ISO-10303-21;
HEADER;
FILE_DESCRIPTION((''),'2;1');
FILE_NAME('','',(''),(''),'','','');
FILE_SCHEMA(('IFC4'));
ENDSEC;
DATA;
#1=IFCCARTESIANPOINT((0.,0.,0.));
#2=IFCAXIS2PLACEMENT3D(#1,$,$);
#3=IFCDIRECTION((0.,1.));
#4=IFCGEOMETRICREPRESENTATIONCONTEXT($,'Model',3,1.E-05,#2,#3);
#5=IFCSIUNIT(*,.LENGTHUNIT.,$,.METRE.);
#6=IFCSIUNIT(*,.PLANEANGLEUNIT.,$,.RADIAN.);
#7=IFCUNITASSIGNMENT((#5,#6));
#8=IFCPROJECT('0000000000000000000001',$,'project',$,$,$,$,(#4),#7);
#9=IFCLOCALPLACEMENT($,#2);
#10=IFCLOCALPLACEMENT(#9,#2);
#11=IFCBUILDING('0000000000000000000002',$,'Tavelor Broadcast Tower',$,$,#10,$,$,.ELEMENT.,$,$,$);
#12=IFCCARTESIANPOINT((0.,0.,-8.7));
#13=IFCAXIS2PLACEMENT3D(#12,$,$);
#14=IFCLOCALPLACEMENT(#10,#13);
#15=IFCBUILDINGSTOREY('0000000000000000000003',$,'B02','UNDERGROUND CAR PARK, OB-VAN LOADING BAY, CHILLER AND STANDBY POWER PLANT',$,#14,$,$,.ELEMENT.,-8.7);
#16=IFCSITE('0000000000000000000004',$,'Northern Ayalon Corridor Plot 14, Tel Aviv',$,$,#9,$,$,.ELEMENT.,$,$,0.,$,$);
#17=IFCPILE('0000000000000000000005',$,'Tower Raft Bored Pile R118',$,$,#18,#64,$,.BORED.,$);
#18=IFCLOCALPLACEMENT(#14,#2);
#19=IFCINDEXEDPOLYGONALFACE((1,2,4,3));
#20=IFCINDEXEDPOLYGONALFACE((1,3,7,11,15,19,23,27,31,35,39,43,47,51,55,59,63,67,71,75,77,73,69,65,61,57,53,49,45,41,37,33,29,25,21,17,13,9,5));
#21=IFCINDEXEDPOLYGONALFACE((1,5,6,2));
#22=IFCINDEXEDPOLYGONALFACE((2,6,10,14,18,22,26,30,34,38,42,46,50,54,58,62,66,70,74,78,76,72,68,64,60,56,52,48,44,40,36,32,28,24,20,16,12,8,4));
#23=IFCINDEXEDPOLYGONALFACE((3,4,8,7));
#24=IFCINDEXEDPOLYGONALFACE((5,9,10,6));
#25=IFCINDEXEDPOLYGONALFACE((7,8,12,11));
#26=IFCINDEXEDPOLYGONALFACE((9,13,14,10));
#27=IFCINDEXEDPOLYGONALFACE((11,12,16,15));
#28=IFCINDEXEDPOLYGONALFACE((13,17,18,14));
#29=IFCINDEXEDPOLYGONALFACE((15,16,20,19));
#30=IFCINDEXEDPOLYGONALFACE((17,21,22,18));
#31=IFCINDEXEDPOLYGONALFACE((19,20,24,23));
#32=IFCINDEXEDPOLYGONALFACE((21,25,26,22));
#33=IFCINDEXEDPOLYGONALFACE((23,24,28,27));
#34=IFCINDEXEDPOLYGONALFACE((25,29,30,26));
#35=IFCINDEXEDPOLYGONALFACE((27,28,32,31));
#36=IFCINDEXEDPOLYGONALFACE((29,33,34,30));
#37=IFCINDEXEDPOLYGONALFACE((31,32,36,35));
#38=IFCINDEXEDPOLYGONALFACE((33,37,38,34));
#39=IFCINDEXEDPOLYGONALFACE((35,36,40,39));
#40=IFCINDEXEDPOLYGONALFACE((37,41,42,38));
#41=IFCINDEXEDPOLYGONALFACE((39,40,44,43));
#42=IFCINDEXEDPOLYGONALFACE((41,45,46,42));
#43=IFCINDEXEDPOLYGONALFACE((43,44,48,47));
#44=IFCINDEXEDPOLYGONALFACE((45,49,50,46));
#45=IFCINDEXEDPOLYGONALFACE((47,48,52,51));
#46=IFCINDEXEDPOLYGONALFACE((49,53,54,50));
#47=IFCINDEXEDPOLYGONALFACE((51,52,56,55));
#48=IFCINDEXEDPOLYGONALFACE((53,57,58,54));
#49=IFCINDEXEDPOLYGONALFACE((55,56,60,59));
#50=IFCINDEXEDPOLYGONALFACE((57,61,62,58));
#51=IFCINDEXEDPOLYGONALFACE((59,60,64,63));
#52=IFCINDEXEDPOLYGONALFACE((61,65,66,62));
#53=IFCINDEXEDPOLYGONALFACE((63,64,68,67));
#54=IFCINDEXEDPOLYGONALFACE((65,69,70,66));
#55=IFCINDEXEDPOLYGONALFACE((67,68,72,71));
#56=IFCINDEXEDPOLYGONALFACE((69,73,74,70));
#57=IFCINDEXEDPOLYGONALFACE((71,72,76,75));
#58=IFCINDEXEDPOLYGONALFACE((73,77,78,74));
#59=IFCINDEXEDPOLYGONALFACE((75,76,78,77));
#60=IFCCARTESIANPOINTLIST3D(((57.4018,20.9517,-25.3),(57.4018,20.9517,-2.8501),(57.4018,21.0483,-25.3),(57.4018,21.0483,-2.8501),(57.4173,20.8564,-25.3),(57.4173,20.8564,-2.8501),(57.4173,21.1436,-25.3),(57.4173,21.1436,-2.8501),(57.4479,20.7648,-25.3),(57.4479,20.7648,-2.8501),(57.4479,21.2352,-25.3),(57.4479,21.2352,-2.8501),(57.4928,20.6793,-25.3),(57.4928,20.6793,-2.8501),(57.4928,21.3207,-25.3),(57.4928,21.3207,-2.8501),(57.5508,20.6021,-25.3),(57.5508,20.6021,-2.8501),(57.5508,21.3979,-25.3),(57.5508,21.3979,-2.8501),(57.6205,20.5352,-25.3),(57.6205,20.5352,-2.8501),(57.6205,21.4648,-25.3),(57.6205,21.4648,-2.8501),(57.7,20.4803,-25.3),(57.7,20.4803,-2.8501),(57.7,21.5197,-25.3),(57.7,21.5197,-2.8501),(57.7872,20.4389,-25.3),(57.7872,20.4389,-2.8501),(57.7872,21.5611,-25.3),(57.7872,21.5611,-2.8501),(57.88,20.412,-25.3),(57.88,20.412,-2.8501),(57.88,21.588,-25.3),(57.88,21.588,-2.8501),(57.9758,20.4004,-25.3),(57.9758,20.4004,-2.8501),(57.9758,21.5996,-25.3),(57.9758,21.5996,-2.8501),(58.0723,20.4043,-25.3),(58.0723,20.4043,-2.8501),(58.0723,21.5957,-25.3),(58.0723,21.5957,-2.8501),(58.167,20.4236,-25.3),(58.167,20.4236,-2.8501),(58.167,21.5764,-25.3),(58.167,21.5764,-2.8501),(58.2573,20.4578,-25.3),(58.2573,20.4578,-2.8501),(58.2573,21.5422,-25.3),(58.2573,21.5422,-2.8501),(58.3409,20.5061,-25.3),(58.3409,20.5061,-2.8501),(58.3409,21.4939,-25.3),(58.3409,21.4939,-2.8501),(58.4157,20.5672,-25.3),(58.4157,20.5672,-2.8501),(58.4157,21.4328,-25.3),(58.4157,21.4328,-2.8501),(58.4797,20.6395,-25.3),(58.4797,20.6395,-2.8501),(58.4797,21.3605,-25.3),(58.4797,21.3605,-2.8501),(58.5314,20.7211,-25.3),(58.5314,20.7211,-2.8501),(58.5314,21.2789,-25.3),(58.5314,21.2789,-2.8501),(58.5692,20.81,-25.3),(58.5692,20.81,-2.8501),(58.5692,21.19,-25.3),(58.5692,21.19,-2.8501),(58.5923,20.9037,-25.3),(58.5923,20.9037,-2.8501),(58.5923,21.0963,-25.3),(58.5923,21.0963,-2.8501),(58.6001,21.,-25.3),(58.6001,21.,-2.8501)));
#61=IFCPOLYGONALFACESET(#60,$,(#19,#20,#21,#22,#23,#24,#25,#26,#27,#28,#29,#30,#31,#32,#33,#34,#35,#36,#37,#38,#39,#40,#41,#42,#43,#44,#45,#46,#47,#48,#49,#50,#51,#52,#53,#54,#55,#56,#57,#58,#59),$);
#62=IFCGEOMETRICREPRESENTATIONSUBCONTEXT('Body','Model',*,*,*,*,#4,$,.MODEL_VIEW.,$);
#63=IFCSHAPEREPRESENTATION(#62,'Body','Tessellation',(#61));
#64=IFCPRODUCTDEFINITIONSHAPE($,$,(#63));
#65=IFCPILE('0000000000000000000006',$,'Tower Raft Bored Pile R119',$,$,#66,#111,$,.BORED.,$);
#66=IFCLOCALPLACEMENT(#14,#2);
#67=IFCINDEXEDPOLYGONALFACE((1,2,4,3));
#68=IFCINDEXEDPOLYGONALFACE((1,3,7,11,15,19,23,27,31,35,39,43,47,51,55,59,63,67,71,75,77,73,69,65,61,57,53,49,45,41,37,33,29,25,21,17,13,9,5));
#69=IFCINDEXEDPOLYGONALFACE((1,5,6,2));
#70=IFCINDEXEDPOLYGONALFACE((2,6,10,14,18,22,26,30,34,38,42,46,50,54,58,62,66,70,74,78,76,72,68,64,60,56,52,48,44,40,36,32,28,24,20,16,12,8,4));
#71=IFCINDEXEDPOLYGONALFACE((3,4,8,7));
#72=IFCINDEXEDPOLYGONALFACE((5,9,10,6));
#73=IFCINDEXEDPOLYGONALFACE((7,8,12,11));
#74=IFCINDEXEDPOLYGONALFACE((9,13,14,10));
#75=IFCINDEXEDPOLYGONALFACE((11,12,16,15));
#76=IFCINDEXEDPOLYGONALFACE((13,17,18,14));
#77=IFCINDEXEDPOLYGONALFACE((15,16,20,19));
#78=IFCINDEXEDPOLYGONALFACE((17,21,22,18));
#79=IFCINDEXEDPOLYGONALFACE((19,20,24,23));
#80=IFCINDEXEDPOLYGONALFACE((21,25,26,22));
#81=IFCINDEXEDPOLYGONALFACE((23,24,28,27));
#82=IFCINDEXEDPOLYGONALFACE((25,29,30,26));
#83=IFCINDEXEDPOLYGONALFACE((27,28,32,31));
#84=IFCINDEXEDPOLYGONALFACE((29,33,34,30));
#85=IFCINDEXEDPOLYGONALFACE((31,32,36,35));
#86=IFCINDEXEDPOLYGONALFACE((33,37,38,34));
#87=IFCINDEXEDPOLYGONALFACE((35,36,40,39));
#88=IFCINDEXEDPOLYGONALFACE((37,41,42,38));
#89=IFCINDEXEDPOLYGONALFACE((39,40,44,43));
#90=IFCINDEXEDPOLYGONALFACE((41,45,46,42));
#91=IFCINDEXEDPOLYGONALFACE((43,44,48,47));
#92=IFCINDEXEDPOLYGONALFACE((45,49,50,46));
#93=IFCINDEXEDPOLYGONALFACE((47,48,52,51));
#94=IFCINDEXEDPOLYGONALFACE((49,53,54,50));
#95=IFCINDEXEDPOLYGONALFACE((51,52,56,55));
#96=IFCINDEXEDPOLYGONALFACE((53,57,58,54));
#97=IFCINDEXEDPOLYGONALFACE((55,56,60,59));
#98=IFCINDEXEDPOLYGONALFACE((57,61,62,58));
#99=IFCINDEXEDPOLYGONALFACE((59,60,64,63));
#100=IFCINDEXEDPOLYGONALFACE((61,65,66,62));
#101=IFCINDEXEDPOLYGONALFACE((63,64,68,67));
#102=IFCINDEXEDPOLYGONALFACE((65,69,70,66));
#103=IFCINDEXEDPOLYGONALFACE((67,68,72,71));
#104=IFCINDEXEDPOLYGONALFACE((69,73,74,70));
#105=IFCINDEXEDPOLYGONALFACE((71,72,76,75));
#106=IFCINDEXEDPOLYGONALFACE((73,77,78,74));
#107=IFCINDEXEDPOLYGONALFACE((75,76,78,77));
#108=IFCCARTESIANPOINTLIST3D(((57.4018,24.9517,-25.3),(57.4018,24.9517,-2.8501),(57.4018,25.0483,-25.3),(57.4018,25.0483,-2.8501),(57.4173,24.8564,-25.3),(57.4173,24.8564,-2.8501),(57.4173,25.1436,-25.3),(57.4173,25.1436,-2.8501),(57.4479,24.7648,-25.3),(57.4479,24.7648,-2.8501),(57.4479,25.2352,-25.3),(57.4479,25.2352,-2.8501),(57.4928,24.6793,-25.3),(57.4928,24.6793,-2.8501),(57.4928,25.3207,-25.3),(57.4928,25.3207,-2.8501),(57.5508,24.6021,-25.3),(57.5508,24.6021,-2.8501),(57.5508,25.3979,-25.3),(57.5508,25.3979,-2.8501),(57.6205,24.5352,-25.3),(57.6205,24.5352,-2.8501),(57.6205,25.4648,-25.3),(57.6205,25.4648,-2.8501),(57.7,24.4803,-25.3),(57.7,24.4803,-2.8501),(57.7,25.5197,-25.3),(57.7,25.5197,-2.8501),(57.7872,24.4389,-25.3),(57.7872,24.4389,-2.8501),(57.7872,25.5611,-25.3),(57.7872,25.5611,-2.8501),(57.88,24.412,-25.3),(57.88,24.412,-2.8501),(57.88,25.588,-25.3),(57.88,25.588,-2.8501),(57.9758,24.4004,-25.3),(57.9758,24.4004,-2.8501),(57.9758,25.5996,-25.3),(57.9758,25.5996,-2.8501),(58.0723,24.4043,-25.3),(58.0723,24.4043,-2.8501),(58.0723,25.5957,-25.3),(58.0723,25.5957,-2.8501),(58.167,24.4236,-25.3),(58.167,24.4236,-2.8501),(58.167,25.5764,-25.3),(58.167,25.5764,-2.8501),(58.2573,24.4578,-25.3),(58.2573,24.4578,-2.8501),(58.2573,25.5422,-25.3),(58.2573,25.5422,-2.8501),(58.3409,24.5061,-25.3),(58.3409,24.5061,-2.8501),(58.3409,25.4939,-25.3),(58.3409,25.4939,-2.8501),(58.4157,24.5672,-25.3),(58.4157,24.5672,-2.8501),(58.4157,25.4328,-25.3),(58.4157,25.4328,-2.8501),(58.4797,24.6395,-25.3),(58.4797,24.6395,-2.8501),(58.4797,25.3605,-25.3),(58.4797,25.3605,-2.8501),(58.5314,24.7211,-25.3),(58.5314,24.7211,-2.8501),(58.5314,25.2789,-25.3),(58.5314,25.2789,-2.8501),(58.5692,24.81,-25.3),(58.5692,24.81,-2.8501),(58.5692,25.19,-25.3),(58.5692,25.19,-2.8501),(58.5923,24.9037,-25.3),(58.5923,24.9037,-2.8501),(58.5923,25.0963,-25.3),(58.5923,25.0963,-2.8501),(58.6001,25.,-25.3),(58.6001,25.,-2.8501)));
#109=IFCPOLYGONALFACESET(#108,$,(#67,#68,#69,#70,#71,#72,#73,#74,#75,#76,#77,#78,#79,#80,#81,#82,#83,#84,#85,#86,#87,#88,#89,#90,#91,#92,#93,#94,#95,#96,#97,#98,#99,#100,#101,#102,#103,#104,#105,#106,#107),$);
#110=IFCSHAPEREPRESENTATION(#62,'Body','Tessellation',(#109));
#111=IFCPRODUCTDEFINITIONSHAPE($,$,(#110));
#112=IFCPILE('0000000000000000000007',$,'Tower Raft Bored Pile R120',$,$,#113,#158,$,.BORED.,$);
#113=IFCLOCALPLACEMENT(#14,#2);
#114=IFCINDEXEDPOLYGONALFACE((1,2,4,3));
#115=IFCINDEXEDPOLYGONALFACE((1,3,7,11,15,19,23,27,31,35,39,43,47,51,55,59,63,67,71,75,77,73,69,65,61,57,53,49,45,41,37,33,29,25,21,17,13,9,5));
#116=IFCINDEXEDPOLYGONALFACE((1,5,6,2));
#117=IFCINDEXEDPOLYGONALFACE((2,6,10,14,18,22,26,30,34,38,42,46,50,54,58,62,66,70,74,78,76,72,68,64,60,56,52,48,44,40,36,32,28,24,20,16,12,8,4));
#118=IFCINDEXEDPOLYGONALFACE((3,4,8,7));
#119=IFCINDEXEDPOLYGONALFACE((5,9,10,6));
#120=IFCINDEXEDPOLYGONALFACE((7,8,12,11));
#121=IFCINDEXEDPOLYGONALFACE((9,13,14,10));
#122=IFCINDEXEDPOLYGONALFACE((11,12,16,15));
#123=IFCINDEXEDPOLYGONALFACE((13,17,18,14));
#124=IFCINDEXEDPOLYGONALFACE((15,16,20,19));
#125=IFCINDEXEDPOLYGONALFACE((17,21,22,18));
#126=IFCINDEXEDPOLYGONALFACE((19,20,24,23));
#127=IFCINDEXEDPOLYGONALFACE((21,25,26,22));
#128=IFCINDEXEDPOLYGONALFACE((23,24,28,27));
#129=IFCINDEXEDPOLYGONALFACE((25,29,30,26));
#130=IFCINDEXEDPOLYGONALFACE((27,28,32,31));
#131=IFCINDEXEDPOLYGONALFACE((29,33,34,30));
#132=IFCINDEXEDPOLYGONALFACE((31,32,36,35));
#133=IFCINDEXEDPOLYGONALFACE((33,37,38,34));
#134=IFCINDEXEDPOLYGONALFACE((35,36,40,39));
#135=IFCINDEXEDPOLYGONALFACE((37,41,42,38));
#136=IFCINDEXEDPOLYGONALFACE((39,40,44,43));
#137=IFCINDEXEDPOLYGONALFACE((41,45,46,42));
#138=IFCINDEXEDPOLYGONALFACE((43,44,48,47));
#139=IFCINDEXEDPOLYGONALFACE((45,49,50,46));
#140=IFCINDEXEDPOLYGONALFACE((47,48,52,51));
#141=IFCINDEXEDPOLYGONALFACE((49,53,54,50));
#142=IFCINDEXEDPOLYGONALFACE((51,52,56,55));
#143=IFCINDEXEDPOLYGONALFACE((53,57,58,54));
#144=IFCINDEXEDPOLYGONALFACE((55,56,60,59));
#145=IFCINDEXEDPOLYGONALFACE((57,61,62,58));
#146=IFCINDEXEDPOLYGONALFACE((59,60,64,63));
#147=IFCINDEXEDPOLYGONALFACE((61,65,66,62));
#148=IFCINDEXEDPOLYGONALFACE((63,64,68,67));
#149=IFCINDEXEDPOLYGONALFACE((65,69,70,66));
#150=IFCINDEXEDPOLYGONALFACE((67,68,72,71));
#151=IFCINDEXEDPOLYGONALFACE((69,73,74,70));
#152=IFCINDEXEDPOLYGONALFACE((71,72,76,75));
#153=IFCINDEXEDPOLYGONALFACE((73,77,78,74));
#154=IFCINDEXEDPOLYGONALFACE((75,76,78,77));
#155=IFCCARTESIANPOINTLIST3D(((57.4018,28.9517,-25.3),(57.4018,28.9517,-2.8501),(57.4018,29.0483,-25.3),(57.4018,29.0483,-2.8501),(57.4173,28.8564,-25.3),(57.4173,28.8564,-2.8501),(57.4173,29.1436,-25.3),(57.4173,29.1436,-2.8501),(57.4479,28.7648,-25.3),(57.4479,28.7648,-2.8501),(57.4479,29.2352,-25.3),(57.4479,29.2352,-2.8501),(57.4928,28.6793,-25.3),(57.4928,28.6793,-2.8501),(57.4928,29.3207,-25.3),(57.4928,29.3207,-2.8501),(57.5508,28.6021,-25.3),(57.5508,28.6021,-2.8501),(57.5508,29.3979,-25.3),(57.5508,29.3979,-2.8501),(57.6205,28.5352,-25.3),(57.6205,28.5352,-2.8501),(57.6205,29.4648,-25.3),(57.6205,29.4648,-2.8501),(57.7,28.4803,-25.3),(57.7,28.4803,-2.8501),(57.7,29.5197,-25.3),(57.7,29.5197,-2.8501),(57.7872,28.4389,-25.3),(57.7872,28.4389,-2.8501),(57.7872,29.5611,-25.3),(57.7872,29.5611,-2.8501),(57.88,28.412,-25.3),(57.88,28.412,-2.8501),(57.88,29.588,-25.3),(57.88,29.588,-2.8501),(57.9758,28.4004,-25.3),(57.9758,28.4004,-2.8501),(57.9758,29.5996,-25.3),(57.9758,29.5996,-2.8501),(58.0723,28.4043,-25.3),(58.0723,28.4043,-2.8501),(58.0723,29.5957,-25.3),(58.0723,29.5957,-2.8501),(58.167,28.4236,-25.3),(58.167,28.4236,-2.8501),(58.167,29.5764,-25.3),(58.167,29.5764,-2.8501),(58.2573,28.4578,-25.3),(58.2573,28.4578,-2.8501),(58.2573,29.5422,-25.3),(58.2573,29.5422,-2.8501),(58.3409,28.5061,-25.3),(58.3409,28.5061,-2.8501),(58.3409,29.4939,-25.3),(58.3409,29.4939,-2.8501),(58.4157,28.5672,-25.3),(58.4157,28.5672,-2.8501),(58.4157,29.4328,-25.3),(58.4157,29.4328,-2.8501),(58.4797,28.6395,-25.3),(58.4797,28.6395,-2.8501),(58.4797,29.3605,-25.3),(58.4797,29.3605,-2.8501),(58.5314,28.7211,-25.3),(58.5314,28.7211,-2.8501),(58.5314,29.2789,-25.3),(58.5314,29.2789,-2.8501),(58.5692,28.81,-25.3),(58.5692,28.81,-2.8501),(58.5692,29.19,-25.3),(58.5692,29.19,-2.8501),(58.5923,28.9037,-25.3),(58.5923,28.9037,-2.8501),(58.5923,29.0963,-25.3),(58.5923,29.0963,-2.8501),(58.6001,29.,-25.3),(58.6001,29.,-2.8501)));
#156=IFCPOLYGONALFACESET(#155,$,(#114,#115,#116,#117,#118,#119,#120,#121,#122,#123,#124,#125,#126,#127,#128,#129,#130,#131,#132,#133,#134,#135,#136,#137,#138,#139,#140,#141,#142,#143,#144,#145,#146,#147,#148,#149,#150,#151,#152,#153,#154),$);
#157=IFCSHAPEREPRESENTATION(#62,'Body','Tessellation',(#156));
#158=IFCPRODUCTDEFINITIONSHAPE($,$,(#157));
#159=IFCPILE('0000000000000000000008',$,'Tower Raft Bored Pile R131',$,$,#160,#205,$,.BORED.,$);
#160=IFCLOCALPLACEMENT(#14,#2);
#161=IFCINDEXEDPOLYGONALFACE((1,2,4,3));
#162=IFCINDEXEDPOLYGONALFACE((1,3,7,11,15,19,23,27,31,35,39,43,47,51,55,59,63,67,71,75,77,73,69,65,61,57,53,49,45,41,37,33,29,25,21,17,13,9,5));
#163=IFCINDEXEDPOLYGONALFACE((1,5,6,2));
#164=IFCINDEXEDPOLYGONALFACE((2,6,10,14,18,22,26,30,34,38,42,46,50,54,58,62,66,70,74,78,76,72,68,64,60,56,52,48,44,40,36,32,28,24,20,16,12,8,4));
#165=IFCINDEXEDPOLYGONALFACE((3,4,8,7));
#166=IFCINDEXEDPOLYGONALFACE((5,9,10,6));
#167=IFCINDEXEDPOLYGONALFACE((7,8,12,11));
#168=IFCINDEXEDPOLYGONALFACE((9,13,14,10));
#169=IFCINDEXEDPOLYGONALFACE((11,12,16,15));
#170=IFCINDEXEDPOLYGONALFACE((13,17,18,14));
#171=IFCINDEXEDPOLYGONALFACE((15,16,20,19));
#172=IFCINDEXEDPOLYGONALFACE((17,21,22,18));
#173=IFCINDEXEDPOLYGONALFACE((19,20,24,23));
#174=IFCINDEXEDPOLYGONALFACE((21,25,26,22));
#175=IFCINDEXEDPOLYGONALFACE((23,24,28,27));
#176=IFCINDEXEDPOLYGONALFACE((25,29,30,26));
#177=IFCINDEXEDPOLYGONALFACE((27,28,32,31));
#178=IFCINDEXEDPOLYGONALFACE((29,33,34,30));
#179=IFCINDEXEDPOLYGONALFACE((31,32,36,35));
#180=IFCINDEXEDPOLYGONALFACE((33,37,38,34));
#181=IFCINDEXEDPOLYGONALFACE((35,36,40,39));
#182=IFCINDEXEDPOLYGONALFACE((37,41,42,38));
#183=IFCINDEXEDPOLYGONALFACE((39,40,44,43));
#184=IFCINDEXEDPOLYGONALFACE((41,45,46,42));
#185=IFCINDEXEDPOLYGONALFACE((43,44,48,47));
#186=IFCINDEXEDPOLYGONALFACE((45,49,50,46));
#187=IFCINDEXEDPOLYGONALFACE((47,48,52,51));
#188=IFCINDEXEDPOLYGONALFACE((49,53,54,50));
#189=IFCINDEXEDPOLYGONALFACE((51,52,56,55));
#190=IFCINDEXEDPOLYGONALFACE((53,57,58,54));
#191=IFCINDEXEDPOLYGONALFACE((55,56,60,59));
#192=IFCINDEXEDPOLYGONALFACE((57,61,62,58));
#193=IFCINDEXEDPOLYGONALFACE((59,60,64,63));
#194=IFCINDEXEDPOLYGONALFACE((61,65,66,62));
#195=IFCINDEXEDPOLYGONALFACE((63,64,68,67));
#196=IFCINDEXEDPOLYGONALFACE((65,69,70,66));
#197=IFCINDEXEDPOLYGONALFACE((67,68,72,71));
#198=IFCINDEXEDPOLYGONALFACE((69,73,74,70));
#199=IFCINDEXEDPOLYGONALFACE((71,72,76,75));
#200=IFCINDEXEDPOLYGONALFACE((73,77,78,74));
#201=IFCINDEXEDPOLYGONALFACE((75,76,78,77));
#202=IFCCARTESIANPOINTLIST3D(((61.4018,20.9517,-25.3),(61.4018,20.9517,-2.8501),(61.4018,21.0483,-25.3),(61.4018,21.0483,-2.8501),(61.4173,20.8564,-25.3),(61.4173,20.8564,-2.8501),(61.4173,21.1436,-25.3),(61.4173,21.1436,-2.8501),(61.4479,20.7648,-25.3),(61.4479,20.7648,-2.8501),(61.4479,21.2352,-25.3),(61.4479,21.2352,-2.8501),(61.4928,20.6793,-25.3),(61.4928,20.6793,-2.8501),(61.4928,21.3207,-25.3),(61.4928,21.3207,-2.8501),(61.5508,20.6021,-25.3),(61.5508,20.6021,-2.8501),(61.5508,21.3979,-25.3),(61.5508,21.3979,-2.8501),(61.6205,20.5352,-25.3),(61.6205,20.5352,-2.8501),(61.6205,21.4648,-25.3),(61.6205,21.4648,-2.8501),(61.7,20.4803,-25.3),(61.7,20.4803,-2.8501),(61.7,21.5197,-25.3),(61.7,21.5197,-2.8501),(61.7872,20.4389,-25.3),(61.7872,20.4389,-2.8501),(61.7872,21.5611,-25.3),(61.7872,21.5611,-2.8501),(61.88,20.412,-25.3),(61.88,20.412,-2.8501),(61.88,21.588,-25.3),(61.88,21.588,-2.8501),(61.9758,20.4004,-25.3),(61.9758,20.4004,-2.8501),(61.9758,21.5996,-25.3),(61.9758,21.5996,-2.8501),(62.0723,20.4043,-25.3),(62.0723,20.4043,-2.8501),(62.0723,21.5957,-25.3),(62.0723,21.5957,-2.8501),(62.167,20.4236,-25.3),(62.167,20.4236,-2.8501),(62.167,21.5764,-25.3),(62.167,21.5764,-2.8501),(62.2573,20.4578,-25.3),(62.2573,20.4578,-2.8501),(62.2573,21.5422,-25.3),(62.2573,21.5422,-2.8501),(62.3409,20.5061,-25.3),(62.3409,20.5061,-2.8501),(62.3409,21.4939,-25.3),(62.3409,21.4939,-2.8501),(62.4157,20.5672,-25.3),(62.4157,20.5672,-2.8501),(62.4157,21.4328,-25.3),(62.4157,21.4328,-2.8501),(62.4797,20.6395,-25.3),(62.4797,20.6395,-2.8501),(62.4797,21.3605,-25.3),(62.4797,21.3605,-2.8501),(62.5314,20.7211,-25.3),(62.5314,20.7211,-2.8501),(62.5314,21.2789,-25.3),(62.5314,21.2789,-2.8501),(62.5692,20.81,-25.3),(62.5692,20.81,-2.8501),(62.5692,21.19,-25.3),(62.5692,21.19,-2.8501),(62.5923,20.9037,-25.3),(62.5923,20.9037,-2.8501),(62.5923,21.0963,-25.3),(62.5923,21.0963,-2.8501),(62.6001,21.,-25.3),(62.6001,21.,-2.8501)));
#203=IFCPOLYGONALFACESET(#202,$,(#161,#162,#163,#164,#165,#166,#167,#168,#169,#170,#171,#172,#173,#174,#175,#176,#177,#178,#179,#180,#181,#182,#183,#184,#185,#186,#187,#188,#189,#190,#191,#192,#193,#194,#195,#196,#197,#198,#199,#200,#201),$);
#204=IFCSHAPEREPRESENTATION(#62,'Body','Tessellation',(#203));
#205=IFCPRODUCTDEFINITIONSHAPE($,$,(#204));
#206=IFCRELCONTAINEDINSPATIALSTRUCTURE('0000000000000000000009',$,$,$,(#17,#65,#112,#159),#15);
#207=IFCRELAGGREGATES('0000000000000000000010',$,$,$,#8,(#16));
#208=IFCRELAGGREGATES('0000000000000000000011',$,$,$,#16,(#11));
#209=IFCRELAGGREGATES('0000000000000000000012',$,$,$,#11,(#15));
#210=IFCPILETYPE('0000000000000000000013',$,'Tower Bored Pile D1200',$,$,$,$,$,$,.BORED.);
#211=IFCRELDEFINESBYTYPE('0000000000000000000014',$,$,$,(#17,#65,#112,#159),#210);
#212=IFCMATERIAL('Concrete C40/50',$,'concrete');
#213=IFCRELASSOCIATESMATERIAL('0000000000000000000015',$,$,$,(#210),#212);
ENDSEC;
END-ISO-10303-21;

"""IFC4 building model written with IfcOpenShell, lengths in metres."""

from ifc_helpers import new_model, si_unit, direction, frame, origin, origin_2d, place, context, subcontext, project, spatial, circle, extrude, material, material_profile, profile_set, type_object, element, save


model = new_model("IFC4")

# Units and contexts
model_context = context("Model", 3, precision=1e-05, world=origin(), true_north=direction((0.0, 1.0)))
body_context = subcontext(model_context, "Body", "Model", "MODEL_VIEW")
ifc_project = project(units=[si_unit("LENGTHUNIT", "METRE"), si_unit("PLANEANGLEUNIT", "RADIAN")], contexts=[model_context])

# Site, building, storey
site_placement = place(None, origin())
site = spatial("IfcSite", under=ifc_project, at=site_placement, Name="Northern Ayalon Corridor Plot 14, Tel Aviv", CompositionType="ELEMENT", RefElevation=0.0)
building_placement = place(site_placement, origin())
building = spatial("IfcBuilding", under=site, at=building_placement, Name="Tavelor Broadcast Tower", CompositionType="ELEMENT")
storey_placement = place(building_placement, frame((0.0, 0.0, -8.7)))
storey = spatial("IfcBuildingStorey", under=building, at=storey_placement, Name="B02", Description="UNDERGROUND CAR PARK, OB-VAN LOADING BAY, CHILLER AND STANDBY POWER PLANT", CompositionType="ELEMENT", Elevation=-8.7)

# Shared definitions
ifc_material_1 = material(Name="Concrete C40/50", Category="concrete")

# Piles
ifc_material_profile_1 = material_profile(ifc_material_1, circle(Radius=0.6001, at=origin_2d()), Name="PILE D1200")
ifc_profile_set_1 = profile_set([ifc_material_profile_1], Name="Concrete C40/50")
pile_type_1 = type_object("IfcPileType", Name="Tower Bored Pile D1200", PredefinedType="BORED", material=ifc_profile_set_1)
for number, where, z_axis, x_axis, name in (
    (1, (58.0, 21.0, -2.8501), (0.0, 0.0, -1.0), (1.0, 0.0, 0.0), "Tower Raft Bored Pile R118"),
    (2, (58.0, 25.0, -2.8501), (0.0, 0.0, -1.0), (1.0, 0.0, 0.0), "Tower Raft Bored Pile R119"),
    (3, (58.0, 29.0, -2.8501), (0.0, 0.0, -1.0), (1.0, 0.0, 0.0), "Tower Raft Bored Pile R120"),
    (4, (62.0, 21.0, -2.8501), (0.0, 0.0, -1.0), (1.0, 0.0, 0.0), "Tower Raft Bored Pile R131"),
):
    element("IfcPile", number, at=place(storey_placement, frame(where, z_axis=z_axis, x_axis=x_axis)), inside=storey, type_object=pile_type_1, Name=name, PredefinedType="BORED", context=body_context, shape_type="SweptSolid", body=[
        extrude(circle(Radius=0.6001, at=origin_2d()), origin(), (0.0, 0.0, 1.0), 22.45),
    ])

save(model, "model.ifc")
